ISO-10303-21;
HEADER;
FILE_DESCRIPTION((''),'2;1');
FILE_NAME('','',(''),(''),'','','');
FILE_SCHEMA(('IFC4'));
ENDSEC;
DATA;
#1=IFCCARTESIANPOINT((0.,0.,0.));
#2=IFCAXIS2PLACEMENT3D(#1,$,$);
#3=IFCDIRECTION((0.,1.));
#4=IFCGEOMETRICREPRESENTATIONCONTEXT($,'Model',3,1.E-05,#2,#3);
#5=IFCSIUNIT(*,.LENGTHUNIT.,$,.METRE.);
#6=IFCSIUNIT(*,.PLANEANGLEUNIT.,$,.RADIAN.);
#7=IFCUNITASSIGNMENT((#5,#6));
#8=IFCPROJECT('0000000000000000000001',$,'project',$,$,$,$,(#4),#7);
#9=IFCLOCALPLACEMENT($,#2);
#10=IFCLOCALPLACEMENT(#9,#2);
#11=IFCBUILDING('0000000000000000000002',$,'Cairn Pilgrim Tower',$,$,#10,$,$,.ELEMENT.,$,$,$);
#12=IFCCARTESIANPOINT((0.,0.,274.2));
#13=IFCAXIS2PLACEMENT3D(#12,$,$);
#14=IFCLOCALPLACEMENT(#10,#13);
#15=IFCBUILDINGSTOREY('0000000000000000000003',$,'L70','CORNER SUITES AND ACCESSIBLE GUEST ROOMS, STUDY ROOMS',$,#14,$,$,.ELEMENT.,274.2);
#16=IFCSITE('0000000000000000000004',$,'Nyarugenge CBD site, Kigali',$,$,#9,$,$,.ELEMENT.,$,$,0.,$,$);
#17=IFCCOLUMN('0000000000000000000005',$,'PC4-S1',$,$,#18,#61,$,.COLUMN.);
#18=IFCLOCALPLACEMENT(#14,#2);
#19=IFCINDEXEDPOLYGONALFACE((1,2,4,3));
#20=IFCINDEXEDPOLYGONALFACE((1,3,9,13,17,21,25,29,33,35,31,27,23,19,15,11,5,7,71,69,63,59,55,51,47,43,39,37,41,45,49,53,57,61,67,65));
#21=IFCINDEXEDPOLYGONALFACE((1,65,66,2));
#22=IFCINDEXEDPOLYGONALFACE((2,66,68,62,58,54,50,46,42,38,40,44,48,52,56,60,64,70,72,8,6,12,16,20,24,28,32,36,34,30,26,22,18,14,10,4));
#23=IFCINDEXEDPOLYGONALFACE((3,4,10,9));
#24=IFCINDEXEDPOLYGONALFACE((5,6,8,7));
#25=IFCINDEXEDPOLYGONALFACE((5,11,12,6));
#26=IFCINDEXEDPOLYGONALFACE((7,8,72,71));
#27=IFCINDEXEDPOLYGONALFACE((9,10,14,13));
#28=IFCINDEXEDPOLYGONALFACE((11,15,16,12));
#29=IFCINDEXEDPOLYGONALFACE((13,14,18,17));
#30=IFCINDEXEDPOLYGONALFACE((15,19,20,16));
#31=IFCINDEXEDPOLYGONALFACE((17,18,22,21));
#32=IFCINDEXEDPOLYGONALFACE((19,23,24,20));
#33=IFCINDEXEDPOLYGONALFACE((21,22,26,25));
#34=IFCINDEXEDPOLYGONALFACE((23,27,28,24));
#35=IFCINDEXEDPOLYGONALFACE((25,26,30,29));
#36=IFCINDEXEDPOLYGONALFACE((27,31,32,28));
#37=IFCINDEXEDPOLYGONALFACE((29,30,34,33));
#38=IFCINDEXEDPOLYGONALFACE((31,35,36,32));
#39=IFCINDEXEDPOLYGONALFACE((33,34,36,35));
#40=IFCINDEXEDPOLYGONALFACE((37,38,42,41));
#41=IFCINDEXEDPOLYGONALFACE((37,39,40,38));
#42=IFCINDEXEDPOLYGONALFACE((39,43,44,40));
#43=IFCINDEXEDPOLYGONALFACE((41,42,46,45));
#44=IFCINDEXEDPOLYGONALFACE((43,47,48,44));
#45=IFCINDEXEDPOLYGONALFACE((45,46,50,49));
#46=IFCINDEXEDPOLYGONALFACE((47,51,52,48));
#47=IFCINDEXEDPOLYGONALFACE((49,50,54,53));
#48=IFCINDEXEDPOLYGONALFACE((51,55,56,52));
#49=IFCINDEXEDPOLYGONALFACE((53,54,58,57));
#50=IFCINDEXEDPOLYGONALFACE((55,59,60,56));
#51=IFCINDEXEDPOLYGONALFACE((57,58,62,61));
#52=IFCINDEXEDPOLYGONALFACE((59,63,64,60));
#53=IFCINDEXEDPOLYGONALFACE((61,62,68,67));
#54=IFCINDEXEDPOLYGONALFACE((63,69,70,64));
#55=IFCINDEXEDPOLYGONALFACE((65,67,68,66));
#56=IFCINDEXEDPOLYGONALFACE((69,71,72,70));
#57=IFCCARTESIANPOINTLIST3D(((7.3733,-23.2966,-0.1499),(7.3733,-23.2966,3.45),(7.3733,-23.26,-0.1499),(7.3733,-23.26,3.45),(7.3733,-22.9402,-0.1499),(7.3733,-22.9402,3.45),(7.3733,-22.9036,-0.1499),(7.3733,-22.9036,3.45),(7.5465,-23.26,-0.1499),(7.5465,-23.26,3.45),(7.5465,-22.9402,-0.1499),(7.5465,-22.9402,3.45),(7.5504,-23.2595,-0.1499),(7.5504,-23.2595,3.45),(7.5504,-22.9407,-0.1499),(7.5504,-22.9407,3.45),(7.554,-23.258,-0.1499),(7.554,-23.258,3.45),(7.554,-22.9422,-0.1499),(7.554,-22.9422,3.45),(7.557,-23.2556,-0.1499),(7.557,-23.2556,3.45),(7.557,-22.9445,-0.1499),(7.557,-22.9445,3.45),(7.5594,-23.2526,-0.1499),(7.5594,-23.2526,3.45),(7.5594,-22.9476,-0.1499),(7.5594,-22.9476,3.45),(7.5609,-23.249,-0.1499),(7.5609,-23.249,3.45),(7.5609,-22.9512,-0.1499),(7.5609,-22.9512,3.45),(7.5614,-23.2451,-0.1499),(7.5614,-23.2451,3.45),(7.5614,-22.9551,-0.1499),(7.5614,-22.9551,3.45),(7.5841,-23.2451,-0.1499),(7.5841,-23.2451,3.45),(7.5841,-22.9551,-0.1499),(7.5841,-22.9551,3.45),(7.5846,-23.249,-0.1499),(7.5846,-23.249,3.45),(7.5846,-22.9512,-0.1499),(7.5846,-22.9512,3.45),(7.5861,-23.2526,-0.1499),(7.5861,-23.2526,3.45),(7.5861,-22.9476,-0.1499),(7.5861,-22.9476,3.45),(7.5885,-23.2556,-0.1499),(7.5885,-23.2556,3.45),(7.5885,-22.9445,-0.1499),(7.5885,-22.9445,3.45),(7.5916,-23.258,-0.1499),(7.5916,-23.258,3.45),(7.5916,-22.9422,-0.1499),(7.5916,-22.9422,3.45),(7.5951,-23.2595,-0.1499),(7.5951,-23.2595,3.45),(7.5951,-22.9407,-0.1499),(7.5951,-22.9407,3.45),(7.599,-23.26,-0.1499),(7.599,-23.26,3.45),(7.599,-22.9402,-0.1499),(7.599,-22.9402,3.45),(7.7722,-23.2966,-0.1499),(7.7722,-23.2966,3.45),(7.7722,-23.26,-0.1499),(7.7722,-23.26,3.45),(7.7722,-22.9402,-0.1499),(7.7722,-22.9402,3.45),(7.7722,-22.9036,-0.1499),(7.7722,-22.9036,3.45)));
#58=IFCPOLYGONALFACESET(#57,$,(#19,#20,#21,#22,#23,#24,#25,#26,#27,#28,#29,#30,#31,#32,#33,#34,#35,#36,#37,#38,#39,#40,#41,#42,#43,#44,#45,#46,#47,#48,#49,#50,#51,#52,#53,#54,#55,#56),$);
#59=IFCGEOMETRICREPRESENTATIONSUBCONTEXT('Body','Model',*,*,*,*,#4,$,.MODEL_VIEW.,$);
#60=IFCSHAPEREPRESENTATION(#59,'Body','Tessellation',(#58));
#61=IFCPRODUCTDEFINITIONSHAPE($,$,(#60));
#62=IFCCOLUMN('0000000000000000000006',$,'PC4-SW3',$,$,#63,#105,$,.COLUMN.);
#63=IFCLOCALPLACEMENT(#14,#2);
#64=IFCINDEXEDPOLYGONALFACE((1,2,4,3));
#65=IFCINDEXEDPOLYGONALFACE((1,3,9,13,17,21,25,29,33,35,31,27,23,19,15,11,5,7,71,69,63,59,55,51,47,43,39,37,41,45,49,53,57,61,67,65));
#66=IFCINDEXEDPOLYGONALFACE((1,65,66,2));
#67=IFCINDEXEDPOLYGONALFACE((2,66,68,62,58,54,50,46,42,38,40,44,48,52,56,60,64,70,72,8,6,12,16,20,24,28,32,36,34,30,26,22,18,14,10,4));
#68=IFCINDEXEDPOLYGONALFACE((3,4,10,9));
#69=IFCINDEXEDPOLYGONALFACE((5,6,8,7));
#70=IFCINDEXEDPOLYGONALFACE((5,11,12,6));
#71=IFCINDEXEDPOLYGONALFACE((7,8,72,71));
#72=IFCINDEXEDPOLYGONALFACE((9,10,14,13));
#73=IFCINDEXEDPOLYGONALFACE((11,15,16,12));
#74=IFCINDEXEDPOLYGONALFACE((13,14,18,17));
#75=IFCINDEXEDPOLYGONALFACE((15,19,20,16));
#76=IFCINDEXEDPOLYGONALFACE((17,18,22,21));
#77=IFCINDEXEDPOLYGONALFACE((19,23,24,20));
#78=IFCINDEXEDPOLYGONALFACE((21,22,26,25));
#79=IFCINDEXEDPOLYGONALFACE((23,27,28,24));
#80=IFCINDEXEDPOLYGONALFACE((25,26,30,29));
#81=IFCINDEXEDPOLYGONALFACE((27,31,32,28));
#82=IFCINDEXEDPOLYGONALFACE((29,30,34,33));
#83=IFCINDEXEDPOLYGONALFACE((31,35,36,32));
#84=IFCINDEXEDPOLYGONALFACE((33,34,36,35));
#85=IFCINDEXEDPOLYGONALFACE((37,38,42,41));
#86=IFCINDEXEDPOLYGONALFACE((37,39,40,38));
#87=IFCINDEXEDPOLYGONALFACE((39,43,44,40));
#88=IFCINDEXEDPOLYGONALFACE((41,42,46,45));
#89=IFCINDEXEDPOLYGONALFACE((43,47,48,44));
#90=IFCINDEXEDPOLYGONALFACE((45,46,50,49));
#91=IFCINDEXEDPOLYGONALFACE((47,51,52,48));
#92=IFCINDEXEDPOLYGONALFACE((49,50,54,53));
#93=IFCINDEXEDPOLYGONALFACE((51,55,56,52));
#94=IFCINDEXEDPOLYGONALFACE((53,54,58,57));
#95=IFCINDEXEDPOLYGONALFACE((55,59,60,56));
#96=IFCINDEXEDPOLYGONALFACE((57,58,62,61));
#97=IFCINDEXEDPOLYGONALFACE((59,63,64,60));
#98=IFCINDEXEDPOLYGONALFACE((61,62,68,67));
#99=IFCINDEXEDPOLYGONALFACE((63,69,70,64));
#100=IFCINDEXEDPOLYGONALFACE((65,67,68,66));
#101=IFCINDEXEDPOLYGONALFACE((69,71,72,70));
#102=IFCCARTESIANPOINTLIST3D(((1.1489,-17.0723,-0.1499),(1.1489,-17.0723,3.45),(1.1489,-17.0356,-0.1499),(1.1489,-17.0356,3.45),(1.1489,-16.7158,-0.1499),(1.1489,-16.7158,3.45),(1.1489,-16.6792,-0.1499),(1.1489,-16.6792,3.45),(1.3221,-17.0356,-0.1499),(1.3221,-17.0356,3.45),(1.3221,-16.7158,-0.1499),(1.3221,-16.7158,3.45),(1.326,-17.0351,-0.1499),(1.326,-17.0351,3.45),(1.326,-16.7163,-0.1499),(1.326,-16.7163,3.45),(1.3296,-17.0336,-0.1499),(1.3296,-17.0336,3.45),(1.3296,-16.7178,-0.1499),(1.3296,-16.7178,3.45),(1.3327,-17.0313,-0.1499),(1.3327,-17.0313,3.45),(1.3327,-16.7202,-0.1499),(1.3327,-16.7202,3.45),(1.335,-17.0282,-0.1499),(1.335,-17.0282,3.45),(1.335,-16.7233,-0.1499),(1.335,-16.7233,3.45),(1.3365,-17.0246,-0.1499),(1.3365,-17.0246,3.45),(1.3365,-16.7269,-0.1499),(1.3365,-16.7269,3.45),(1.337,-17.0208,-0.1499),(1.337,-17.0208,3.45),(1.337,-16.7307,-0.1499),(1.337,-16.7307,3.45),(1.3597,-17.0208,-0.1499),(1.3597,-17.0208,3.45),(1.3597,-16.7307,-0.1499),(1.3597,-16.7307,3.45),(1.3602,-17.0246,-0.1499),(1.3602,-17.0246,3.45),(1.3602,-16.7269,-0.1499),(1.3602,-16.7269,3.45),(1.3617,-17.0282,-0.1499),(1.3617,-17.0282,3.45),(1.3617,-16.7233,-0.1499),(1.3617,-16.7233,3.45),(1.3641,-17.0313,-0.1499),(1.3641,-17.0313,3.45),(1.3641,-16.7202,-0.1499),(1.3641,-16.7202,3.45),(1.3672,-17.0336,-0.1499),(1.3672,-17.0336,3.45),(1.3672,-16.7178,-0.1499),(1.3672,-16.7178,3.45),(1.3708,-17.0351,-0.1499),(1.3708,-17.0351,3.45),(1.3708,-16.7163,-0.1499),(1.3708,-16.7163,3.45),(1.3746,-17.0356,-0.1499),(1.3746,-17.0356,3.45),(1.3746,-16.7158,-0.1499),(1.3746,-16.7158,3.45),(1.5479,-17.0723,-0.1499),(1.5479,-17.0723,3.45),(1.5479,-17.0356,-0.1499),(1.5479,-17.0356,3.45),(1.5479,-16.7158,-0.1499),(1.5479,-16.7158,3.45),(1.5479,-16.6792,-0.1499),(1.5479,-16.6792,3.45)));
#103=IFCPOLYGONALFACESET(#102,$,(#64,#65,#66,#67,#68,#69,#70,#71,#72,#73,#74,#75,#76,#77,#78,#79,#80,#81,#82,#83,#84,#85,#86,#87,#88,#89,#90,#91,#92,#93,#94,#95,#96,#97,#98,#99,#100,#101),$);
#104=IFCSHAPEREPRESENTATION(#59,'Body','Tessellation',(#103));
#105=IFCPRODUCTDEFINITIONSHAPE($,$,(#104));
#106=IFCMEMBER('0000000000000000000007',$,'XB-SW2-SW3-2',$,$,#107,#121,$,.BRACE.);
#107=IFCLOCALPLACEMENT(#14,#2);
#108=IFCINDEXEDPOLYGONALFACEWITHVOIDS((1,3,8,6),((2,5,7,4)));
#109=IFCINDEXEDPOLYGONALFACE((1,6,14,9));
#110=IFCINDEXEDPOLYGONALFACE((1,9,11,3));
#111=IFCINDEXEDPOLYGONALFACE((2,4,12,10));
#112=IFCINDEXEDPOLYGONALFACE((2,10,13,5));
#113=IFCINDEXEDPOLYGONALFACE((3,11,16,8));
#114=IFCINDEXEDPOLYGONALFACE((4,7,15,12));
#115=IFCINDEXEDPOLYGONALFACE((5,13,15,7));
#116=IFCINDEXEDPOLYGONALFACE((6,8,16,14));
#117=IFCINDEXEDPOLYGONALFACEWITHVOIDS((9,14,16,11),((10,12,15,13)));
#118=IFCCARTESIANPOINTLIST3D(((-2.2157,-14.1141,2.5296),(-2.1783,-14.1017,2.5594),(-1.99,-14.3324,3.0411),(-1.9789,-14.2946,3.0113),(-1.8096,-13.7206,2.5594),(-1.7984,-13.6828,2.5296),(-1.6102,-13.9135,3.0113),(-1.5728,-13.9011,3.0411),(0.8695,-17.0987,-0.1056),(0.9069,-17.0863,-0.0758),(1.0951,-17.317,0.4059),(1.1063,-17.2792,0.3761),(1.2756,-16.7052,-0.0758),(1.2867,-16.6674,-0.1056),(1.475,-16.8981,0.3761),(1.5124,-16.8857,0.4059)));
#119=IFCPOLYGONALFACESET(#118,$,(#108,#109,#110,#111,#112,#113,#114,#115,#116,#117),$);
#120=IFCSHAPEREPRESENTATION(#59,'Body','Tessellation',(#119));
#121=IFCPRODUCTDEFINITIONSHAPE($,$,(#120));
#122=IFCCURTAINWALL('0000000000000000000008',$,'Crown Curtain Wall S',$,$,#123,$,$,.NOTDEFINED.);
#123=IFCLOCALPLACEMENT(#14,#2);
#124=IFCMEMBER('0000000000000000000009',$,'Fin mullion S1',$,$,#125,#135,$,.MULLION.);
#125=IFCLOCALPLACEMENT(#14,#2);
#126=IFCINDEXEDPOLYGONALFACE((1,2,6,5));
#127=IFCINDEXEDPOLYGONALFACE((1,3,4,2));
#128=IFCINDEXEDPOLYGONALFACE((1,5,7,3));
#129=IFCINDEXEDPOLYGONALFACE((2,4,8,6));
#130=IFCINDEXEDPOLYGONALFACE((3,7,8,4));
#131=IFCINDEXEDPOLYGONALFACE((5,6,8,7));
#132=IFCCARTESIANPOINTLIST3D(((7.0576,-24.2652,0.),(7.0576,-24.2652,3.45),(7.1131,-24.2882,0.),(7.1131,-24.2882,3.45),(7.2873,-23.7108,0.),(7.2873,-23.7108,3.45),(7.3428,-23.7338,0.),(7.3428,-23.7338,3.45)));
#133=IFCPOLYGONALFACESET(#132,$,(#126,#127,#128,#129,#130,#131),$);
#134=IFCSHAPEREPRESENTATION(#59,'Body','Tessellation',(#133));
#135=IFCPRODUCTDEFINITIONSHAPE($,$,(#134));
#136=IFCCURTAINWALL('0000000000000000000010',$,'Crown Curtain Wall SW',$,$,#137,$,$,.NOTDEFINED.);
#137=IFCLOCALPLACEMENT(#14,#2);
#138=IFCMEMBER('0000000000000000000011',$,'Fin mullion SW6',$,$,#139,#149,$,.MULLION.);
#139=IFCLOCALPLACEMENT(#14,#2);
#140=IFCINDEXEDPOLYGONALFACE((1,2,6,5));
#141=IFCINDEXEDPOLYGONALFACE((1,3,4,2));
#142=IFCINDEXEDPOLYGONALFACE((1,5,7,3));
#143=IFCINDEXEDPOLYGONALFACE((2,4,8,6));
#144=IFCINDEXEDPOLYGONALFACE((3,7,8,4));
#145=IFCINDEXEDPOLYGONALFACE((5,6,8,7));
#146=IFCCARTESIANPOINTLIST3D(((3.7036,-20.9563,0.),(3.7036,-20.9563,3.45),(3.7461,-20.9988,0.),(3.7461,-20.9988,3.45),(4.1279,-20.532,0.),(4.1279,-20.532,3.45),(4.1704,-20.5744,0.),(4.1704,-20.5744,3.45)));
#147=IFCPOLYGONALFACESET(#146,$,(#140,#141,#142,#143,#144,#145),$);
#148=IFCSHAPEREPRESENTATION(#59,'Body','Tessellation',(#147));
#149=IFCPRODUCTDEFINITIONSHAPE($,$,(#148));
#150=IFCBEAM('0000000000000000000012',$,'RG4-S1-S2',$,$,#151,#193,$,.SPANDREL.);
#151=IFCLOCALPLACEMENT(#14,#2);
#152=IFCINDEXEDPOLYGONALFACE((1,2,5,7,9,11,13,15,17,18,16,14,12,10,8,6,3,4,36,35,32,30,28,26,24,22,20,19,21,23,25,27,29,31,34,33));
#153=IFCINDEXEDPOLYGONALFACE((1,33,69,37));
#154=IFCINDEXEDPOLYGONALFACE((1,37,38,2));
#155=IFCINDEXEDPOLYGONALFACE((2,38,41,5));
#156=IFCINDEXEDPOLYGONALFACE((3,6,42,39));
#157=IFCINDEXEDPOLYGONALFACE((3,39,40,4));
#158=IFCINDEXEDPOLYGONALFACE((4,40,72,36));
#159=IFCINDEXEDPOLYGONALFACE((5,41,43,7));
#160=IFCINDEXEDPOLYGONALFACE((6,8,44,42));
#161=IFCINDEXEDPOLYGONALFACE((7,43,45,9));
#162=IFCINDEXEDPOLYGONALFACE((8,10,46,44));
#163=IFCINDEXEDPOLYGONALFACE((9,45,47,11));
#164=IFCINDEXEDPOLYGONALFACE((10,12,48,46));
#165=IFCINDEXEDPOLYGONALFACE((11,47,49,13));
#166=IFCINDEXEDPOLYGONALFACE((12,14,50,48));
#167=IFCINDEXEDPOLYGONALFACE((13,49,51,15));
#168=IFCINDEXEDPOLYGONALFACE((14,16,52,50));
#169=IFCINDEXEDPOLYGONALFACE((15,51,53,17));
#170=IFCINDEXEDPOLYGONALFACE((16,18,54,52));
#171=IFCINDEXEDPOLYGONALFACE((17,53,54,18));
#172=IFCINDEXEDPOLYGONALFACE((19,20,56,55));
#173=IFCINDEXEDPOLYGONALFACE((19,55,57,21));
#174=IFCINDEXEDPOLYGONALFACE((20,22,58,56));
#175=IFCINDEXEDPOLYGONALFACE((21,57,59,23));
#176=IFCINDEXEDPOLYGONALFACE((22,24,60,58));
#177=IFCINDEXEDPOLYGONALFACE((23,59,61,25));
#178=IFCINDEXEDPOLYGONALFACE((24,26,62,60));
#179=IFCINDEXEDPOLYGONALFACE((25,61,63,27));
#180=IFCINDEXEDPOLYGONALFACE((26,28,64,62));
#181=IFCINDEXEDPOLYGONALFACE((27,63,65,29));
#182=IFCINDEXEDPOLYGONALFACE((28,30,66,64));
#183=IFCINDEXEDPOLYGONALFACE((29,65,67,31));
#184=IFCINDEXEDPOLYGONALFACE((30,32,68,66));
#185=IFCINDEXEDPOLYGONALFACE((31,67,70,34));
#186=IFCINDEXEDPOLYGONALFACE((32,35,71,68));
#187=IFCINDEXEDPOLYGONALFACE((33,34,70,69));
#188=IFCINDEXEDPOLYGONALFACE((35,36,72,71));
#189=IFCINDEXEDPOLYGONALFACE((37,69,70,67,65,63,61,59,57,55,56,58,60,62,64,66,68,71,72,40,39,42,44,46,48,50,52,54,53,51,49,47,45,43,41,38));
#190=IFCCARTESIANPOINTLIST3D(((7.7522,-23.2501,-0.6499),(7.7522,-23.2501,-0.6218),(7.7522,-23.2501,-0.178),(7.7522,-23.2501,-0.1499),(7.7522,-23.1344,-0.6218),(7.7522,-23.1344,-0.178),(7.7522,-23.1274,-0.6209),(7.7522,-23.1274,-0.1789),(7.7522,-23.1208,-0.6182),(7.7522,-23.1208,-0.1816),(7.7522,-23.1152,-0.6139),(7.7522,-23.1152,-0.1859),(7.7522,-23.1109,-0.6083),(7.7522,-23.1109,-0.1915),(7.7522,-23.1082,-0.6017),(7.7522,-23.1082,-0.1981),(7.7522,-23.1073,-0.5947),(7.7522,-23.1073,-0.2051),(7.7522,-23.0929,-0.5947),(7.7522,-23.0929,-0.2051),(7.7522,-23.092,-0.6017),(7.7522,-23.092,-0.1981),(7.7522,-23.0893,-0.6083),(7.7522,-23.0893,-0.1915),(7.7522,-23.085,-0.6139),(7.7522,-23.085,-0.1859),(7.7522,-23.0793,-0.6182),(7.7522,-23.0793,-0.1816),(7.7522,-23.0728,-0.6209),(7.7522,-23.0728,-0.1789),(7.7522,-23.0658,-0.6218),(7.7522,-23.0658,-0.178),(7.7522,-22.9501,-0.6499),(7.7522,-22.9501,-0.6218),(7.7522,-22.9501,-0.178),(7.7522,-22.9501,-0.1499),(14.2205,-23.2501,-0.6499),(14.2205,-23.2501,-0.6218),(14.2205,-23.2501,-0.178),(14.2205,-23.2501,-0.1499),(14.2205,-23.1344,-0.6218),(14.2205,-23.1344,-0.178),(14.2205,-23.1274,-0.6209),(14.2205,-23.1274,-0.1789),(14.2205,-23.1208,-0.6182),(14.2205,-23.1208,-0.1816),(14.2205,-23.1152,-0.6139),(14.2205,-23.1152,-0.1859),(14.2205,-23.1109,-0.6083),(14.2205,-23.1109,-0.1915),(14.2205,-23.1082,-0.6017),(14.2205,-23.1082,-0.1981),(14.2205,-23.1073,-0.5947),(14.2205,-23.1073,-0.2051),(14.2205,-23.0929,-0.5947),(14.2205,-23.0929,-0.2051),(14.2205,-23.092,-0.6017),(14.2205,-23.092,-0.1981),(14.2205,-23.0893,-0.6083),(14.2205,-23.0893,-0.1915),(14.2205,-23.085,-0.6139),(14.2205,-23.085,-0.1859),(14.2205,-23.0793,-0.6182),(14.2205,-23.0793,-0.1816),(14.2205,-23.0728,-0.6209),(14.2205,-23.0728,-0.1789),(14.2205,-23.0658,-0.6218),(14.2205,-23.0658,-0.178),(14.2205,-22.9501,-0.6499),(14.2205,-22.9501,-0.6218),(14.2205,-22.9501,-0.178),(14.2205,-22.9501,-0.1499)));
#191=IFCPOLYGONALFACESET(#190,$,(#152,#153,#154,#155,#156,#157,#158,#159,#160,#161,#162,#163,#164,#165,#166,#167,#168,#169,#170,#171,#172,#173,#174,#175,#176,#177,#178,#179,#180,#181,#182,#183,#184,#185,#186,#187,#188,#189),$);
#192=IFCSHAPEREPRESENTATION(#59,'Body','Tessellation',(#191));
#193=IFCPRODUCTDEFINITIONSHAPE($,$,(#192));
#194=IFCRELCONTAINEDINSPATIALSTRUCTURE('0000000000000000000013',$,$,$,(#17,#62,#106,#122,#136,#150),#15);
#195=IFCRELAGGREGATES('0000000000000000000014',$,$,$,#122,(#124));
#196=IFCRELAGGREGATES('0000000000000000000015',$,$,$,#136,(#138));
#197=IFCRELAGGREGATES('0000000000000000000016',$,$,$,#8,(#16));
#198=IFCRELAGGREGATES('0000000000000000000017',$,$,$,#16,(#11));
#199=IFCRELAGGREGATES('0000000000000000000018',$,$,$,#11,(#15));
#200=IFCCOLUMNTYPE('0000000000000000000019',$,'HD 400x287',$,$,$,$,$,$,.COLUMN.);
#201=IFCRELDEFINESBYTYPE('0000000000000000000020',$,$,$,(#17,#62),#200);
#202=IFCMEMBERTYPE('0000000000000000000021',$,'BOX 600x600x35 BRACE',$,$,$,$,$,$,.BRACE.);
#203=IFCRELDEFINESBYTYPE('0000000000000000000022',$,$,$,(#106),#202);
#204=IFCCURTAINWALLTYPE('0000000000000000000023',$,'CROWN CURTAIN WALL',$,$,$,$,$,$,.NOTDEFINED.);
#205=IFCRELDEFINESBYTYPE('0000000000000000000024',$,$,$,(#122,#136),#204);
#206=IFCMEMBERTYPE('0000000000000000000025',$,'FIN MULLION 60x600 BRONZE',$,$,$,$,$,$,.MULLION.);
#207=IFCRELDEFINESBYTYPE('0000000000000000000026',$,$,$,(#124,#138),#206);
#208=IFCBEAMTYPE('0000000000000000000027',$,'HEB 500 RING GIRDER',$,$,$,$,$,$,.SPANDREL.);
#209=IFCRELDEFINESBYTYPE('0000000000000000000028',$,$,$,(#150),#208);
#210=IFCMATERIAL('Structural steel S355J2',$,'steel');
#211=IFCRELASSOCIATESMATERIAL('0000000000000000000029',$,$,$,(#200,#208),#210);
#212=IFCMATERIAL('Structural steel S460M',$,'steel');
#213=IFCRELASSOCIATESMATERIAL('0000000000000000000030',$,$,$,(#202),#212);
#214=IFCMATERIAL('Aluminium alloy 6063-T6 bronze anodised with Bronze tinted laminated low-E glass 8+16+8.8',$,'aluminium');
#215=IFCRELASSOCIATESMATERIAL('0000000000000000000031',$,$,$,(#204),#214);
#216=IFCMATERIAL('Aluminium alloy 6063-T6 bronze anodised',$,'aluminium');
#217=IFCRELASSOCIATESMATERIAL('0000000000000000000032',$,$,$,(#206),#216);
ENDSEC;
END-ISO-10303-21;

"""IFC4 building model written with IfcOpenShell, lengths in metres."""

from ifc_helpers import new_model, si_unit, direction, frame, origin, origin_2d, place, context, subcontext, project, spatial, rectangle, hollow_rectangle, i_section, extrude, material, material_profile, profile_set, type_object, element, aggregate, save


model = new_model("IFC4")

# Units and contexts
model_context = context("Model", 3, precision=1e-05, world=origin(), true_north=direction((0.0, 1.0)))
body_context = subcontext(model_context, "Body", "Model", "MODEL_VIEW")
ifc_project = project(units=[si_unit("LENGTHUNIT", "METRE"), si_unit("PLANEANGLEUNIT", "RADIAN")], contexts=[model_context])

# Site, building, storey
site_placement = place(None, origin())
site = spatial("IfcSite", under=ifc_project, at=site_placement, Name="Nyarugenge CBD site, Kigali", CompositionType="ELEMENT", RefElevation=0.0)
building_placement = place(site_placement, origin())
building = spatial("IfcBuilding", under=site, at=building_placement, Name="Cairn Pilgrim Tower", CompositionType="ELEMENT")
storey_placement = place(building_placement, frame((0.0, 0.0, 274.2)))
storey = spatial("IfcBuildingStorey", under=building, at=storey_placement, Name="L70", Description="CORNER SUITES AND ACCESSIBLE GUEST ROOMS, STUDY ROOMS", CompositionType="ELEMENT", Elevation=274.2)

# Columns
ifc_material_1 = material(Name="Structural steel S355J2", Category="steel")
ifc_material_profile_1 = material_profile(ifc_material_1, i_section(OverallWidth=0.3989, OverallDepth=0.3931, WebThickness=0.0227, FlangeThickness=0.0366, FilletRadius=0.0149, at=origin_2d()), Name="HD 400x287")
ifc_profile_set_1 = profile_set([ifc_material_profile_1], Name="Structural steel S355J2")
column_type = type_object("IfcColumnType", Name="HD 400x287", PredefinedType="COLUMN", material=ifc_profile_set_1)
for number, where, z_axis, x_axis, name in (
    (1, (7.5728, -23.1001, -0.1499), (0.0, 0.0, 1.0), (1.0, 0.0, 0.0), "PC4-S1"),
    (2, (1.3484, -16.8757, -0.1499), (0.0, 0.0, 1.0), (1.0, 0.0, 0.0), "PC4-SW3"),
):
    element("IfcColumn", number, at=place(storey_placement, frame(where, z_axis=z_axis, x_axis=x_axis)), inside=storey, type_object=column_type, Name=name, PredefinedType="COLUMN", context=body_context, shape_type="SweptSolid", body=[
        extrude(i_section(OverallWidth=0.3989, OverallDepth=0.3931, WebThickness=0.0227, FlangeThickness=0.0366, FilletRadius=0.0149, at=origin_2d()), origin(), (0.0, 0.0, 1.0), 3.5999),
    ])

# Member
ifc_material_2 = material(Name="Structural steel S460M", Category="steel")
ifc_material_profile_2 = material_profile(ifc_material_2, hollow_rectangle(XDim=0.6001, YDim=0.6001, WallThickness=0.0349, at=origin_2d()), Name="BOX 600x600x35")
ifc_profile_set_2 = profile_set([ifc_material_profile_2], Name="Structural steel S460M")
member_type_1 = type_object("IfcMemberType", Name="BOX 600x600x35 BRACE", PredefinedType="BRACE", material=ifc_profile_set_2)
member_1_placement = place(storey_placement, frame((1.1909, -16.9922, 0.1501), z_axis=(-0.612513, 0.592543, 0.523183), x_axis=(-0.695294, -0.718726, 0.0)))
element("IfcMember", 3, at=member_1_placement, inside=storey, type_object=member_type_1, Name="XB-SW2-SW3-2", PredefinedType="BRACE", context=body_context, shape_type="SweptSolid", body=[
    extrude(hollow_rectangle(XDim=0.6001, YDim=0.6001, WallThickness=0.0349, at=origin_2d()), origin(), (0.0, 0.0, 1.0), 5.0369),
])

# Curtain walls, members
ifc_material_3 = material(Name="Aluminium alloy 6063-T6 bronze anodised with Bronze tinted laminated low-E glass 8+16+8.8", Category="aluminium")
curtain_wall_type = type_object("IfcCurtainWallType", Name="CROWN CURTAIN WALL", PredefinedType="NOTDEFINED", material=ifc_material_3)
curtain_wall_1_placement = place(storey_placement, origin())
curtain_wall_1 = element("IfcCurtainWall", 4, at=curtain_wall_1_placement, inside=storey, type_object=curtain_wall_type, Name="Crown Curtain Wall S", PredefinedType="NOTDEFINED")
ifc_material_4 = material(Name="Aluminium alloy 6063-T6 bronze anodised", Category="aluminium")
ifc_material_profile_3 = material_profile(ifc_material_4, rectangle(XDim=0.6001, YDim=0.0601, at=origin_2d()), Name="FIN MULLION 60x600 BRONZE")
ifc_profile_set_3 = profile_set([ifc_material_profile_3], Name="Aluminium alloy 6063-T6 bronze anodised")
member_type_2 = type_object("IfcMemberType", Name="FIN MULLION 60x600 BRONZE", PredefinedType="MULLION", material=ifc_profile_set_3)
member_2_placement = place(storey_placement, frame((7.2002, -23.9995, 0.0), z_axis=(0.0, 0.0, 1.0), x_axis=(-0.382683, -0.92388, 0.0)))
member_2 = element("IfcMember", 5, at=member_2_placement, type_object=member_type_2, Name="Fin mullion S1", PredefinedType="MULLION", context=body_context, shape_type="SweptSolid", body=[
    extrude(rectangle(XDim=0.6001, YDim=0.0601, at=origin_2d()), origin(), (0.0, 0.0, 1.0), 3.45),
])
aggregate(curtain_wall_1, [member_2])
curtain_wall_2_placement = place(storey_placement, origin())
curtain_wall_2 = element("IfcCurtainWall", 6, at=curtain_wall_2_placement, inside=storey, type_object=curtain_wall_type, Name="Crown Curtain Wall SW", PredefinedType="NOTDEFINED")
member_3_placement = place(storey_placement, frame((3.937, -20.7654, 0.0), z_axis=(0.0, 0.0, 1.0), x_axis=(-0.707107, -0.707107, 0.0)))
member_3 = element("IfcMember", 7, at=member_3_placement, type_object=member_type_2, Name="Fin mullion SW6", PredefinedType="MULLION", context=body_context, shape_type="SweptSolid", body=[
    extrude(rectangle(XDim=0.6001, YDim=0.0601, at=origin_2d()), origin(), (0.0, 0.0, 1.0), 3.45),
])

# Beam
ifc_material_profile_4 = material_profile(ifc_material_1, i_section(OverallWidth=0.3, OverallDepth=0.5, WebThickness=0.0144, FlangeThickness=0.0281, FilletRadius=0.0271, at=origin_2d()), Name="HEB 500")
ifc_profile_set_4 = profile_set([ifc_material_profile_4], Name="Structural steel S355J2")
beam_type_1 = type_object("IfcBeamType", Name="HEB 500 RING GIRDER", PredefinedType="SPANDREL", material=ifc_profile_set_4)
beam_1_placement = place(storey_placement, frame((7.7522, -23.1001, -0.3999), z_axis=(1.0, 0.0, 0.0), x_axis=(0.0, 1.0, 0.0)))
element("IfcBeam", 8, at=beam_1_placement, inside=storey, type_object=beam_type_1, Name="RG4-S1-S2", PredefinedType="SPANDREL", context=body_context, shape_type="SweptSolid", body=[
    extrude(i_section(OverallWidth=0.3, OverallDepth=0.5, WebThickness=0.0144, FlangeThickness=0.0281, FilletRadius=0.0271, at=origin_2d()), origin(), (0.0, 0.0, 1.0), 6.4683),
])

aggregate(curtain_wall_2, [member_3])

save(model, "model.ifc")
